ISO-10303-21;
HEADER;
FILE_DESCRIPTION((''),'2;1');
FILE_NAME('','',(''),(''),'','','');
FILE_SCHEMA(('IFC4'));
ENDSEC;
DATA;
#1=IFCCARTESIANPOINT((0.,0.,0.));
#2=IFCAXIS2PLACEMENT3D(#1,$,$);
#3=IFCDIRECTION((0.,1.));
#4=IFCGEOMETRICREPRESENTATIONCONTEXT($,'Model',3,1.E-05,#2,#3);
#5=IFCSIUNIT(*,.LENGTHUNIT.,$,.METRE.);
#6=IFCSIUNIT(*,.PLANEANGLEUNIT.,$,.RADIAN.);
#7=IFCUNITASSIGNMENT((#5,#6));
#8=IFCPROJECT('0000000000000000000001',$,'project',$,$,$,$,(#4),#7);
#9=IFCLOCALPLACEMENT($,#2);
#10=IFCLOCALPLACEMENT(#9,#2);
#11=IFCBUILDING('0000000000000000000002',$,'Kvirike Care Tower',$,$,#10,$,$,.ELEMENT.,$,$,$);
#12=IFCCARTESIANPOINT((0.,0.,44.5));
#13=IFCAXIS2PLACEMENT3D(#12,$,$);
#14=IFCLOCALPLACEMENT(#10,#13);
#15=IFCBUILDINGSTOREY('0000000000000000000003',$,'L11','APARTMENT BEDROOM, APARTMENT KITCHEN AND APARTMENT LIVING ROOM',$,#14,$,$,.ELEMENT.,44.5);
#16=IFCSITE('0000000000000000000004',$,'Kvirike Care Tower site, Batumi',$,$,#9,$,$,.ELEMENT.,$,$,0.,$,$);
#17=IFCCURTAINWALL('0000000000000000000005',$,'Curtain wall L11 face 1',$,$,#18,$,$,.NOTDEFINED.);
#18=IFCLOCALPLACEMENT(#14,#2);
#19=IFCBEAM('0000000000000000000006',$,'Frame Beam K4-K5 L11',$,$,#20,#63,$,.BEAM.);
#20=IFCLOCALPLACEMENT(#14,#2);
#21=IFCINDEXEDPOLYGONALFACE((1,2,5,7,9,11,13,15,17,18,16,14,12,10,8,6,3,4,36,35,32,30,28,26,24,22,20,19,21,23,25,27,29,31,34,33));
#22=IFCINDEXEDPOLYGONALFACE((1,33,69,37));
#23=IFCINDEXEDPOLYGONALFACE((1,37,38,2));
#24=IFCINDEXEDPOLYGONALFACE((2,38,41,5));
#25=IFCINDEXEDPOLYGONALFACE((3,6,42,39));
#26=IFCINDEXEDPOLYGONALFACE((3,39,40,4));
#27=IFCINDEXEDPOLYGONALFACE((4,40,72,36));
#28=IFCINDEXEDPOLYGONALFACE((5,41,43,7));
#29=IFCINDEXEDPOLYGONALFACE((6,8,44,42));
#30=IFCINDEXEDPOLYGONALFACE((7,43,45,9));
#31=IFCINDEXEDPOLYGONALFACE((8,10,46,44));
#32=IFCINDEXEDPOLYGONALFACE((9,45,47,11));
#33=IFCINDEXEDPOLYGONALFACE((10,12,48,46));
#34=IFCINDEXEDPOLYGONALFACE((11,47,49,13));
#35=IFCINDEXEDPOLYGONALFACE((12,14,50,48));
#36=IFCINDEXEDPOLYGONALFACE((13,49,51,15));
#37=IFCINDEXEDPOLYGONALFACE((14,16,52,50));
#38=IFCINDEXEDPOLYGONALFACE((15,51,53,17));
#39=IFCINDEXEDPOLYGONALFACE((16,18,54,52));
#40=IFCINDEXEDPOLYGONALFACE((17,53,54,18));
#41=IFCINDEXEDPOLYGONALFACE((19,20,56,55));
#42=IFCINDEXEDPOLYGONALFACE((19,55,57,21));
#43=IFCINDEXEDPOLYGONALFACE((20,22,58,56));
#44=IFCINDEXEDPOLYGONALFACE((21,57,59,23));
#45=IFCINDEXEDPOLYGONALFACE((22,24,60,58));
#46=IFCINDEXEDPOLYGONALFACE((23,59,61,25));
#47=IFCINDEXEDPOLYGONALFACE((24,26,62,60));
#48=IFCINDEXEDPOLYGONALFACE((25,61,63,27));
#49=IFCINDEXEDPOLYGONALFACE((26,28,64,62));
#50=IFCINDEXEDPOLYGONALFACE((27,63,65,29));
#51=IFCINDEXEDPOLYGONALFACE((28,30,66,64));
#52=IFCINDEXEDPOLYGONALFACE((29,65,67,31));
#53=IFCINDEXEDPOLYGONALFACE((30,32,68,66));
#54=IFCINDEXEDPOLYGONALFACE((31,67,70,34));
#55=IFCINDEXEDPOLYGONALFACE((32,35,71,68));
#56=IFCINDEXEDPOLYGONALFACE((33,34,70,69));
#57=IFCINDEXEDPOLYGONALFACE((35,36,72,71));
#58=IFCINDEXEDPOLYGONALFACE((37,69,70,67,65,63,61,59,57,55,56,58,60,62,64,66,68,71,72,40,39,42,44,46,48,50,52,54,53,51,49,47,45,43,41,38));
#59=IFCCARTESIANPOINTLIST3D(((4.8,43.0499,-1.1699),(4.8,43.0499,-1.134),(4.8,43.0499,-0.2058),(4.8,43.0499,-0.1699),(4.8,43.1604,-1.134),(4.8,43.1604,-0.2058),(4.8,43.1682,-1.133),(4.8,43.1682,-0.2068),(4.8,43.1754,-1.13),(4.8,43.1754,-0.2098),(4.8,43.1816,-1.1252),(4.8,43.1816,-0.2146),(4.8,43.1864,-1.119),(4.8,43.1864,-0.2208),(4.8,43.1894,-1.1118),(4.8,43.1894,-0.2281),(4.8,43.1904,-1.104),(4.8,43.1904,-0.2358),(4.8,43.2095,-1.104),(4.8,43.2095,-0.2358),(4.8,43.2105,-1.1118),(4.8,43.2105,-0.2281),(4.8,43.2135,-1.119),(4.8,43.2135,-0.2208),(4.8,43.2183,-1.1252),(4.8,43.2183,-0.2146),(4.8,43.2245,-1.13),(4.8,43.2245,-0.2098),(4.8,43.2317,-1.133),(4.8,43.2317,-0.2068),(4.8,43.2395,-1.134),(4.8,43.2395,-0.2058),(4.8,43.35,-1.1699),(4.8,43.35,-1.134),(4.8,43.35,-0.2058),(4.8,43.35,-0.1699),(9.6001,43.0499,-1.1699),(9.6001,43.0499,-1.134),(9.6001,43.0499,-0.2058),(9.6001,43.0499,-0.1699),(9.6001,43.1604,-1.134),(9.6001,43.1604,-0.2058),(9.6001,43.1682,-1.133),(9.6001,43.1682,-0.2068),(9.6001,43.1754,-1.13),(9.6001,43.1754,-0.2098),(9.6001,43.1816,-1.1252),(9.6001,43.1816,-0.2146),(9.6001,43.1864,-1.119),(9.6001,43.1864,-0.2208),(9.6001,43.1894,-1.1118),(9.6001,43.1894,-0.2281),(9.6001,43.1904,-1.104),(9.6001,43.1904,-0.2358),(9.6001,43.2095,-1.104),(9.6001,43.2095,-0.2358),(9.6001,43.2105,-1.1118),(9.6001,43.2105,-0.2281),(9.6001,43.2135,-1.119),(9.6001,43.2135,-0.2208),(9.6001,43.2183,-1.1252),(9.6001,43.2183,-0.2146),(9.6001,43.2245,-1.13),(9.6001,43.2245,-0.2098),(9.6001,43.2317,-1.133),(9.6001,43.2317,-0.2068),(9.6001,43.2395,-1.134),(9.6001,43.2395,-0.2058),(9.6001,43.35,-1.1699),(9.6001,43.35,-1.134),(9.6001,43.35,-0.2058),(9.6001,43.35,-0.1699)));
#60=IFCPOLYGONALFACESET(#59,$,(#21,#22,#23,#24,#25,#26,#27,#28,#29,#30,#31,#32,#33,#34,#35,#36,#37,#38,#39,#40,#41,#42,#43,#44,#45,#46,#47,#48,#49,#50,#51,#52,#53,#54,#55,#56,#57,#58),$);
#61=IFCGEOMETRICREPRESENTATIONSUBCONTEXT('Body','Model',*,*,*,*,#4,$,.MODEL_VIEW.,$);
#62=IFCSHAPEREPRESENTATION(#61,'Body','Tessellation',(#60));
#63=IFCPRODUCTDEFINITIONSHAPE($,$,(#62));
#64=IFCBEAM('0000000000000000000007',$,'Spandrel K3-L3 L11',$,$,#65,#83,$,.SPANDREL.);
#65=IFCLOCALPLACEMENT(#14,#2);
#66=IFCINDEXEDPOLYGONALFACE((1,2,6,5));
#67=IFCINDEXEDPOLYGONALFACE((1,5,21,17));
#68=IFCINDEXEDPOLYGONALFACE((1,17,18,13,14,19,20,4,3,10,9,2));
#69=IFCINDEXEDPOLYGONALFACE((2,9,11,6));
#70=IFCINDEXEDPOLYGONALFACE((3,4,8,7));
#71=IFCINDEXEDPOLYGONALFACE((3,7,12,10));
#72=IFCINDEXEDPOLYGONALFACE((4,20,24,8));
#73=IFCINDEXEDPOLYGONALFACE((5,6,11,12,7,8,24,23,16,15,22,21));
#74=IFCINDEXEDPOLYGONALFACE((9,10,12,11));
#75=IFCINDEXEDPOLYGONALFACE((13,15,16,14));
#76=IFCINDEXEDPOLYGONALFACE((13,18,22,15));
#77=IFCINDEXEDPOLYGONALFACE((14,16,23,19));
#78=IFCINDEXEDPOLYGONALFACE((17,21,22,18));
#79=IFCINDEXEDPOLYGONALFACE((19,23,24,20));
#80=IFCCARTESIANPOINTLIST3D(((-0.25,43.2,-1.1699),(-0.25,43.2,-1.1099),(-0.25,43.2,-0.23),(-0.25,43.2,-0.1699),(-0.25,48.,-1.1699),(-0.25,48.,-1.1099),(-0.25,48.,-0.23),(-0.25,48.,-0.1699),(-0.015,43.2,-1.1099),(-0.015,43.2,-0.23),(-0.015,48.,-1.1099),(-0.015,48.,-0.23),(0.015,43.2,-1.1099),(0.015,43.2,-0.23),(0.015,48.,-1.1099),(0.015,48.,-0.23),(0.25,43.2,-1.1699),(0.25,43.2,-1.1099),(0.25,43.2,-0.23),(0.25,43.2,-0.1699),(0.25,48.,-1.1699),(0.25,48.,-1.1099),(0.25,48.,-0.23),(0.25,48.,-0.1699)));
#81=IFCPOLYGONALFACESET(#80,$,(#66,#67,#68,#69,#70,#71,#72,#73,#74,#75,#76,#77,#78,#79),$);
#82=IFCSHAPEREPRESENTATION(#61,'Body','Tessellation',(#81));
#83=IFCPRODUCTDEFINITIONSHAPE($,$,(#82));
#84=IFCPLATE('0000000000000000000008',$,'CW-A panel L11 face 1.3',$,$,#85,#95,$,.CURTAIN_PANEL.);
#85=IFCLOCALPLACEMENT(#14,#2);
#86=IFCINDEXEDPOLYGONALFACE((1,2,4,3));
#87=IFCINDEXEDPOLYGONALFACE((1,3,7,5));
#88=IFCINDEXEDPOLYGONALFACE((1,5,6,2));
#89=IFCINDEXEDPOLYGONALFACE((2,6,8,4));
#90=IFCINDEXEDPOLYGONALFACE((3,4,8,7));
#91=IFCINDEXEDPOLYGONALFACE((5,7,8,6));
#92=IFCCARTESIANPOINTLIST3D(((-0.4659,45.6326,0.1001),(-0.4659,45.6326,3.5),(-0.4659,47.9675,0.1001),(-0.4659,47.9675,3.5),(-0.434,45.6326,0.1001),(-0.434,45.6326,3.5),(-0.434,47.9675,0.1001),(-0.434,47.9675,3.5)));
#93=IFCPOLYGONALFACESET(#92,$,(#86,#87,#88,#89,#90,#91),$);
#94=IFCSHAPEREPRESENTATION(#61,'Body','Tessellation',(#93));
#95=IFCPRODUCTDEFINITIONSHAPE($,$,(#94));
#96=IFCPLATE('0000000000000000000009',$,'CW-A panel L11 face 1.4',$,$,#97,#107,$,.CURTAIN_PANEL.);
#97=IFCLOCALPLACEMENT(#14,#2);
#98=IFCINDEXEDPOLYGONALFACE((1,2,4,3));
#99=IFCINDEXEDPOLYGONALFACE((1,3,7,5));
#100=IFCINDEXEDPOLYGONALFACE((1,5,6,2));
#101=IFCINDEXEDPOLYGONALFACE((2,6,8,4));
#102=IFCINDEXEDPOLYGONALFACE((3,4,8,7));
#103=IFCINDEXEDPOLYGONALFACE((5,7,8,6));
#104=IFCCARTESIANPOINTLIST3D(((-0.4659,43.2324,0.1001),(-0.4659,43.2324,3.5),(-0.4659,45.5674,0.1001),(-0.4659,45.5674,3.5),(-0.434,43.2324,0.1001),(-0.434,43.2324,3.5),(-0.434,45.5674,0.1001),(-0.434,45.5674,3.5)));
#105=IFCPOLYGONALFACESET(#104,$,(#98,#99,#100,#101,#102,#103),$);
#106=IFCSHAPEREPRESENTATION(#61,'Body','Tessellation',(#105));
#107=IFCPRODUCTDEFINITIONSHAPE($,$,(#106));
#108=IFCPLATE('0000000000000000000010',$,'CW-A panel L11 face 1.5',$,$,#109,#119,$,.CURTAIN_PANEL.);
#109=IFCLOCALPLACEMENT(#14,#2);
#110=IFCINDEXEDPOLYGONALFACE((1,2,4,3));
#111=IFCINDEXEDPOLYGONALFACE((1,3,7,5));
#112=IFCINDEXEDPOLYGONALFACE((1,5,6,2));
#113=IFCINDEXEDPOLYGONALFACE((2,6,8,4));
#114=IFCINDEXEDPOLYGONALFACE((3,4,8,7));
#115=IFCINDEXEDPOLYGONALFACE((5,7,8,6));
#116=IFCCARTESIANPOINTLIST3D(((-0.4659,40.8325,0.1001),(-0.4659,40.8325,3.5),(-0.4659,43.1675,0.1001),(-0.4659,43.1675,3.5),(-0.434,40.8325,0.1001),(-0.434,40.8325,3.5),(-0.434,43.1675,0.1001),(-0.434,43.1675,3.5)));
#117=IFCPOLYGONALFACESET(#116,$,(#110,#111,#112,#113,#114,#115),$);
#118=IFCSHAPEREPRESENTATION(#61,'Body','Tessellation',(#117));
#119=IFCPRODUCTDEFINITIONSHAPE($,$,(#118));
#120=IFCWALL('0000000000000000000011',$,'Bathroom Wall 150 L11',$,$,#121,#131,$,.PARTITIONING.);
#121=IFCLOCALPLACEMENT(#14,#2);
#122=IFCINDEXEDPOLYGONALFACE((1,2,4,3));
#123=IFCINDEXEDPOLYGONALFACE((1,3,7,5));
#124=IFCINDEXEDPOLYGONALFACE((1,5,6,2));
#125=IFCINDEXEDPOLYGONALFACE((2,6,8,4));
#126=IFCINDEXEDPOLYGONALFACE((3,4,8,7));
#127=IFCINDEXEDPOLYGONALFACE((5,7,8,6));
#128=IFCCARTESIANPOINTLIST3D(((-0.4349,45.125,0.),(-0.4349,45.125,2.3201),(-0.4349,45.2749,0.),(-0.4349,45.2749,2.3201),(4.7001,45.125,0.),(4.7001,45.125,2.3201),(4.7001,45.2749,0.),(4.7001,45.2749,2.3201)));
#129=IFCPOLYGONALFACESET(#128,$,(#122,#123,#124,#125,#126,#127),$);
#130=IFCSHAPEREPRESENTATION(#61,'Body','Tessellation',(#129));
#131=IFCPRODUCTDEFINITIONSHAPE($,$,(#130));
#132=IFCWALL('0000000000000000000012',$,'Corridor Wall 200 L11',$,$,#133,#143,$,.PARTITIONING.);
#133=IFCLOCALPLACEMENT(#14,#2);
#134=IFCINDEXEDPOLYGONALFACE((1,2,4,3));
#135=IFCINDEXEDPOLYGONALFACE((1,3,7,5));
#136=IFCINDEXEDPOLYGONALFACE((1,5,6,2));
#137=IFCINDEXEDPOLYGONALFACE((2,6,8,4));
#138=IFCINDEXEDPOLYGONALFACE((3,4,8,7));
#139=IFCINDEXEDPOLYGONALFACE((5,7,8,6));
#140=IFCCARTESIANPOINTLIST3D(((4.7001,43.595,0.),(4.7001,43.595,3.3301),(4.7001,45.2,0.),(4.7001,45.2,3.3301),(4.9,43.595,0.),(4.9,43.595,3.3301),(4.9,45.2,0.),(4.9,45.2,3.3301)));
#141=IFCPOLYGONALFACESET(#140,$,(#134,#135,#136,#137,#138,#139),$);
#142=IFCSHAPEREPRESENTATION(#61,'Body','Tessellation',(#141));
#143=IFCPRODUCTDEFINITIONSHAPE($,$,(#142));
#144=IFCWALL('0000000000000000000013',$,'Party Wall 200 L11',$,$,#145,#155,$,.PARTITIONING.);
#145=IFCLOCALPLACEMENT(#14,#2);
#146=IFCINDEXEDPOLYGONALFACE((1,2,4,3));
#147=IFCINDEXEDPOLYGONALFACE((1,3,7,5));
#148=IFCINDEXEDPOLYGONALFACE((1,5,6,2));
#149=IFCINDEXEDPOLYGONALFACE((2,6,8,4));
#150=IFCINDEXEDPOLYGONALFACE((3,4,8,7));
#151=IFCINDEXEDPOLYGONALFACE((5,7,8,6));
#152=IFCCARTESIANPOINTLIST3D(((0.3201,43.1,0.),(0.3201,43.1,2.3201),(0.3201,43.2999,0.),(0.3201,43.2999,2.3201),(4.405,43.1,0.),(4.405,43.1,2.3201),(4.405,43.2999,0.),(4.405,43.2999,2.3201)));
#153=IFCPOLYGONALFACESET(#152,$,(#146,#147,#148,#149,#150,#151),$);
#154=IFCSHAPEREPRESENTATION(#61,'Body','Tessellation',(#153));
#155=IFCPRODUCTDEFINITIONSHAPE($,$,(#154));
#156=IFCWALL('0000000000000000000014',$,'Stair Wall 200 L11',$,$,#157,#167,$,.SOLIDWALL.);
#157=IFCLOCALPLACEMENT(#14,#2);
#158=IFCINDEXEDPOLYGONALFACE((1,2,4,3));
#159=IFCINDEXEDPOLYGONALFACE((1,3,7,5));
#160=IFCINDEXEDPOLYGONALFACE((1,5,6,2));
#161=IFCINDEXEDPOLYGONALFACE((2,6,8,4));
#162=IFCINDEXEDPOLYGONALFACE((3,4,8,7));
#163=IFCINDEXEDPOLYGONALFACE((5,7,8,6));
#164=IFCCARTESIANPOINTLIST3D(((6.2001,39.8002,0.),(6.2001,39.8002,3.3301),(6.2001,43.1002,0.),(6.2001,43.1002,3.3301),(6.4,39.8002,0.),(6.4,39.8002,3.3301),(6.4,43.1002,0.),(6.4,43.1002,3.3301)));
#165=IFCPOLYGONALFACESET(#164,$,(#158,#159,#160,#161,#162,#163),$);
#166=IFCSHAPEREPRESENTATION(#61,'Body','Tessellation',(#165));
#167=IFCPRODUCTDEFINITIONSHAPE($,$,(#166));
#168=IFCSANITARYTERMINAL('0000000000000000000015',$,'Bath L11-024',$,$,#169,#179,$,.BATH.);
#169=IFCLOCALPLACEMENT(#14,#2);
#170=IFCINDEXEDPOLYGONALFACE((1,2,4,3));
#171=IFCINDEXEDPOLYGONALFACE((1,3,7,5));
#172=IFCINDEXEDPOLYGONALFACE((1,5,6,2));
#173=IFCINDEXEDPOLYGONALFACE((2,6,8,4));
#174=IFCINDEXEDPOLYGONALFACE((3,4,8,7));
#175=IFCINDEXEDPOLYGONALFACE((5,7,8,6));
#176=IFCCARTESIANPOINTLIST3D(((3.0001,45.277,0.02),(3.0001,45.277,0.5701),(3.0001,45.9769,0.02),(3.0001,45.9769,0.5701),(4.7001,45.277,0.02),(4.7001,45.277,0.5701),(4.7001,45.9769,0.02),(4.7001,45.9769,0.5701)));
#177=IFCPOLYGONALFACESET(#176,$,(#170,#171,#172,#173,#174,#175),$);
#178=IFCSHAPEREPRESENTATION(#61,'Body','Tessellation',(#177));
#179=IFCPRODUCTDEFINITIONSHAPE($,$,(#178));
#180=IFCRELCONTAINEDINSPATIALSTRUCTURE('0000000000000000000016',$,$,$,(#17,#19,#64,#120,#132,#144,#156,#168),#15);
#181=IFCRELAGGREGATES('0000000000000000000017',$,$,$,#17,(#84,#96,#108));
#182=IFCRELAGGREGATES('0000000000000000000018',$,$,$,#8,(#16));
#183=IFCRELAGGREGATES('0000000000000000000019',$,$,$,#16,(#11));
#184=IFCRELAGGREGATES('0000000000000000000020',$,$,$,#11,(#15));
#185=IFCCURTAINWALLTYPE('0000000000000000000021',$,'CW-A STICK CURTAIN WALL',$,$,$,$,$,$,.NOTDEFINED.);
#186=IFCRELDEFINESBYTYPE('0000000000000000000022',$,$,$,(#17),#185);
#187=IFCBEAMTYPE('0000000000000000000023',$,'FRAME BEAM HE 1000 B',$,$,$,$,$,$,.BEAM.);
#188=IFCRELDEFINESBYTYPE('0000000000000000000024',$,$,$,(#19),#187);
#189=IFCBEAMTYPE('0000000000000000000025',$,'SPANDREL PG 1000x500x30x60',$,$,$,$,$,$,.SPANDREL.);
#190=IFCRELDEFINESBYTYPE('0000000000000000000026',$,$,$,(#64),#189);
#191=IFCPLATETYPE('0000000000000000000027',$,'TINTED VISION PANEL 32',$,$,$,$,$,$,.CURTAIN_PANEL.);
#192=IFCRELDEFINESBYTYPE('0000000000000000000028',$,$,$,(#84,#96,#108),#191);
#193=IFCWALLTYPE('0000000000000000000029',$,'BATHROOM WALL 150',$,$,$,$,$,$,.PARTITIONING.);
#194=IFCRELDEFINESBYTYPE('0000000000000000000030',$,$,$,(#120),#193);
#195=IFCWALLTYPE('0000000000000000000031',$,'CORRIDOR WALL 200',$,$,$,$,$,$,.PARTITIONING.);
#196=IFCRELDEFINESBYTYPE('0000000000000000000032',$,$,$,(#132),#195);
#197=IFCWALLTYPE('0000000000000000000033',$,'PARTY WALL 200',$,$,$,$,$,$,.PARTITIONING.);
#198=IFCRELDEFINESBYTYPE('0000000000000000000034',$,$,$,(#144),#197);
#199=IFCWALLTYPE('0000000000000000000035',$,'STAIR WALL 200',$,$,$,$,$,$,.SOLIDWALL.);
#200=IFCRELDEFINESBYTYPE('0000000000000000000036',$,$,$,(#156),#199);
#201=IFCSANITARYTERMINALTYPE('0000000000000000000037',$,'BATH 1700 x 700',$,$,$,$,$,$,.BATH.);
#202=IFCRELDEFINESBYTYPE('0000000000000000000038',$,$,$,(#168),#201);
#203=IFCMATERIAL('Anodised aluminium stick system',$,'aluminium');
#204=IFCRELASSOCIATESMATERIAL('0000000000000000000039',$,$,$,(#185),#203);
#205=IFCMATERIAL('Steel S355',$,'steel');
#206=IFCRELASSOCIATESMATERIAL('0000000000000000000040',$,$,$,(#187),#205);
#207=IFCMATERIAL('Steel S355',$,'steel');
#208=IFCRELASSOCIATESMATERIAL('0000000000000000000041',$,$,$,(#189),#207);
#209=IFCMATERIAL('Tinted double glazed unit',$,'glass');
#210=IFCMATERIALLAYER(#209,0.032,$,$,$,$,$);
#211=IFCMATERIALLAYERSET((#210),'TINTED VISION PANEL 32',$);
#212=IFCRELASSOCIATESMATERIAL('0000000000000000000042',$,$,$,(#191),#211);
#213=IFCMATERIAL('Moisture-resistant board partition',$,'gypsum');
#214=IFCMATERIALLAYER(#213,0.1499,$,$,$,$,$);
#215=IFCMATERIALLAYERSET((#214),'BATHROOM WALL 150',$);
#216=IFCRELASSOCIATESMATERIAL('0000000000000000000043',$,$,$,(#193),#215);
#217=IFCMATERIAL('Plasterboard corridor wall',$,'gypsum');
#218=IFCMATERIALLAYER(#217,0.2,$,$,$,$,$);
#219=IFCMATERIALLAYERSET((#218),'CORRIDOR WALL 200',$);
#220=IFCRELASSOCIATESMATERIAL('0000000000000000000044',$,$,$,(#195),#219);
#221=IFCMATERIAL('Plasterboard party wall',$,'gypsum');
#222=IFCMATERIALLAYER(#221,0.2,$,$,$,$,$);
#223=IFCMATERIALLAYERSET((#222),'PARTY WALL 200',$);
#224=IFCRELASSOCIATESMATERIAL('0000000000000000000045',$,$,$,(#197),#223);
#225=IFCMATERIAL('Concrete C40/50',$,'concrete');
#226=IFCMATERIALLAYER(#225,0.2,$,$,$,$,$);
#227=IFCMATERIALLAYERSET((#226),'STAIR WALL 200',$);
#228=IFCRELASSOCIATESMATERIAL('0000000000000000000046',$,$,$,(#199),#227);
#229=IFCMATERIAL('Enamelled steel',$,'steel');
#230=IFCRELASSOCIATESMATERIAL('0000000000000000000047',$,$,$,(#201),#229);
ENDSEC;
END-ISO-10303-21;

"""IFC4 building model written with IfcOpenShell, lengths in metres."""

from ifc_helpers import new_model, si_unit, direction, frame, frame_2d, origin, origin_2d, place, context, subcontext, project, spatial, rectangle, i_section, extrude, material, layer, layer_set, material_profile, profile_set, type_object, element, aggregate, save


model = new_model("IFC4")

# Units and contexts
model_context = context("Model", 3, precision=1e-05, world=origin(), true_north=direction((0.0, 1.0)))
body_context = subcontext(model_context, "Body", "Model", "MODEL_VIEW")
ifc_project = project(units=[si_unit("LENGTHUNIT", "METRE"), si_unit("PLANEANGLEUNIT", "RADIAN")], contexts=[model_context])

# Site, building, storey
site_placement = place(None, origin())
site = spatial("IfcSite", under=ifc_project, at=site_placement, Name="Kvirike Care Tower site, Batumi", CompositionType="ELEMENT", RefElevation=0.0)
building_placement = place(site_placement, origin())
building = spatial("IfcBuilding", under=site, at=building_placement, Name="Kvirike Care Tower", CompositionType="ELEMENT")
storey_placement = place(building_placement, frame((0.0, 0.0, 44.5)))
storey = spatial("IfcBuildingStorey", under=building, at=storey_placement, Name="L11", Description="APARTMENT BEDROOM, APARTMENT KITCHEN AND APARTMENT LIVING ROOM", CompositionType="ELEMENT", Elevation=44.5)

# Curtain wall
ifc_material_1 = material(Name="Anodised aluminium stick system", Category="aluminium")
curtain_wall_type = type_object("IfcCurtainWallType", Name="CW-A STICK CURTAIN WALL", PredefinedType="NOTDEFINED", material=ifc_material_1)
curtain_wall_placement = place(storey_placement, origin())
curtain_wall = element("IfcCurtainWall", 1, at=curtain_wall_placement, inside=storey, type_object=curtain_wall_type, Name="Curtain wall L11 face 1", PredefinedType="NOTDEFINED")

# Beams
ifc_material_2 = material(Name="Steel S355", Category="steel")
ifc_material_profile_1 = material_profile(ifc_material_2, i_section(OverallWidth=0.3, OverallDepth=1.0, WebThickness=0.019, FlangeThickness=0.0359, FilletRadius=0.03, at=origin_2d()), Name="HE 1000 B")
ifc_profile_set_1 = profile_set([ifc_material_profile_1], Name="Steel S355")
beam_type_1 = type_object("IfcBeamType", Name="FRAME BEAM HE 1000 B", PredefinedType="BEAM", material=ifc_profile_set_1)
for number, where, z_axis, x_axis, name in (
    (2, (4.8, 43.2, -0.6699), (1.0, 0.0, 0.0), (0.0, 1.0, 0.0), "Frame Beam K4-K5 L11"),
):
    element("IfcBeam", number, at=place(storey_placement, frame(where, z_axis=z_axis, x_axis=x_axis)), inside=storey, type_object=beam_type_1, Name=name, PredefinedType="BEAM", context=body_context, shape_type="SweptSolid", body=[
        extrude(i_section(OverallWidth=0.3, OverallDepth=1.0, WebThickness=0.019, FlangeThickness=0.0359, FilletRadius=0.03, at=origin_2d()), origin(), (0.0, 0.0, 1.0), 4.8),
    ])
ifc_material_3 = material(Name="Steel S355", Category="steel")
ifc_material_profile_2 = material_profile(ifc_material_3, i_section(OverallWidth=0.5, OverallDepth=1.0, WebThickness=0.03, FlangeThickness=0.0601, at=origin_2d()), Name="PG 1000x500x30x60")
ifc_profile_set_2 = profile_set([ifc_material_profile_2], Name="Steel S355")
beam_type_2 = type_object("IfcBeamType", Name="SPANDREL PG 1000x500x30x60", PredefinedType="SPANDREL", material=ifc_profile_set_2)
beam_placement = place(storey_placement, frame((0.0, 43.2, -0.6699), z_axis=(0.0, 1.0, 0.0), x_axis=(-1.0, 0.0, 0.0)))
element("IfcBeam", 3, at=beam_placement, inside=storey, type_object=beam_type_2, Name="Spandrel K3-L3 L11", PredefinedType="SPANDREL", context=body_context, shape_type="SweptSolid", body=[
    extrude(i_section(OverallWidth=0.5, OverallDepth=1.0, WebThickness=0.03, FlangeThickness=0.0601, at=origin_2d()), origin(), (0.0, 0.0, 1.0), 4.8),
])

# Plates
ifc_material_4 = material(Name="Tinted double glazed unit", Category="glass")
ifc_layer_1 = layer(ifc_material_4, 0.032)
ifc_layer_set_1 = layer_set([ifc_layer_1], Name="TINTED VISION PANEL 32")
plate_type = type_object("IfcPlateType", Name="TINTED VISION PANEL 32", PredefinedType="CURTAIN_PANEL", material=ifc_layer_set_1)
plate_1_placement = place(storey_placement, frame((-0.45, 46.8, 0.1001), z_axis=(0.0, 0.0, 1.0), x_axis=(0.0, -1.0, 0.0)))
plate_1 = element("IfcPlate", 4, at=plate_1_placement, type_object=plate_type, Name="CW-A panel L11 face 1.3", PredefinedType="CURTAIN_PANEL", context=body_context, shape_type="SweptSolid", body=[
    extrude(rectangle(XDim=2.335, YDim=0.032, at=origin_2d()), origin(), (0.0, 0.0, 1.0), 3.3999),
])
plate_2_placement = place(storey_placement, frame((-0.45, 44.3999, 0.1001), z_axis=(0.0, 0.0, 1.0), x_axis=(0.0, -1.0, 0.0)))
plate_2 = element("IfcPlate", 5, at=plate_2_placement, type_object=plate_type, Name="CW-A panel L11 face 1.4", PredefinedType="CURTAIN_PANEL", context=body_context, shape_type="SweptSolid", body=[
    extrude(rectangle(XDim=2.335, YDim=0.032, at=origin_2d()), origin(), (0.0, 0.0, 1.0), 3.3999),
])
plate_3_placement = place(storey_placement, frame((-0.45, 42.0, 0.1001), z_axis=(0.0, 0.0, 1.0), x_axis=(0.0, -1.0, 0.0)))
plate_3 = element("IfcPlate", 6, at=plate_3_placement, type_object=plate_type, Name="CW-A panel L11 face 1.5", PredefinedType="CURTAIN_PANEL", context=body_context, shape_type="SweptSolid", body=[
    extrude(rectangle(XDim=2.335, YDim=0.032, at=origin_2d()), origin(), (0.0, 0.0, 1.0), 3.3999),
])
aggregate(curtain_wall, [plate_1, plate_2, plate_3])

# Walls
ifc_material_5 = material(Name="Moisture-resistant board partition", Category="gypsum")
ifc_layer_2 = layer(ifc_material_5, 0.1499)
ifc_layer_set_2 = layer_set([ifc_layer_2], Name="BATHROOM WALL 150")
wall_type_1 = type_object("IfcWallType", Name="BATHROOM WALL 150", PredefinedType="PARTITIONING", material=ifc_layer_set_2)
wall_1_placement = place(storey_placement, frame((4.7, 45.2, 0.0), z_axis=(0.0, 0.0, 1.0), x_axis=(-1.0, 0.0, 0.0)))
element("IfcWall", 7, at=wall_1_placement, inside=storey, type_object=wall_type_1, Name="Bathroom Wall 150 L11", PredefinedType="PARTITIONING", context=body_context, shape_type="SweptSolid", body=[
    extrude(rectangle(XDim=5.135, YDim=0.1499, at=frame_2d((2.5674, 0.0))), origin(), (0.0, 0.0, 1.0), 2.3201),
])
ifc_material_6 = material(Name="Plasterboard corridor wall", Category="gypsum")
ifc_layer_3 = layer(ifc_material_6, 0.2)
ifc_layer_set_3 = layer_set([ifc_layer_3], Name="CORRIDOR WALL 200")
wall_type_2 = type_object("IfcWallType", Name="CORRIDOR WALL 200", PredefinedType="PARTITIONING", material=ifc_layer_set_3)
wall_2_placement = place(storey_placement, frame((4.8, 45.2, 0.0), z_axis=(0.0, 0.0, 1.0), x_axis=(0.0, -1.0, 0.0)))
element("IfcWall", 8, at=wall_2_placement, inside=storey, type_object=wall_type_2, Name="Corridor Wall 200 L11", PredefinedType="PARTITIONING", context=body_context, shape_type="SweptSolid", body=[
    extrude(rectangle(XDim=1.605, YDim=0.2, at=frame_2d((0.8025, 0.0))), origin(), (0.0, 0.0, 1.0), 3.3301),
])
ifc_material_7 = material(Name="Plasterboard party wall", Category="gypsum")
ifc_layer_4 = layer(ifc_material_7, 0.2)
ifc_layer_set_4 = layer_set([ifc_layer_4], Name="PARTY WALL 200")
wall_type_3 = type_object("IfcWallType", Name="PARTY WALL 200", PredefinedType="PARTITIONING", material=ifc_layer_set_4)
wall_3_placement = place(storey_placement, frame((4.405, 43.2, 0.0), z_axis=(0.0, 0.0, 1.0), x_axis=(-1.0, 0.0, 0.0)))
element("IfcWall", 9, at=wall_3_placement, inside=storey, type_object=wall_type_3, Name="Party Wall 200 L11", PredefinedType="PARTITIONING", context=body_context, shape_type="SweptSolid", body=[
    extrude(rectangle(XDim=4.085, YDim=0.2, at=frame_2d((2.0425, 0.0))), origin(), (0.0, 0.0, 1.0), 2.3201),
])
ifc_material_8 = material(Name="Concrete C40/50", Category="concrete")
ifc_layer_5 = layer(ifc_material_8, 0.2)
ifc_layer_set_5 = layer_set([ifc_layer_5], Name="STAIR WALL 200")
wall_type_4 = type_object("IfcWallType", Name="STAIR WALL 200", PredefinedType="SOLIDWALL", material=ifc_layer_set_5)
wall_4_placement = place(storey_placement, frame((6.3, 43.1001, 0.0), z_axis=(0.0, 0.0, 1.0), x_axis=(0.0, -1.0, 0.0)))
element("IfcWall", 10, at=wall_4_placement, inside=storey, type_object=wall_type_4, Name="Stair Wall 200 L11", PredefinedType="SOLIDWALL", context=body_context, shape_type="SweptSolid", body=[
    extrude(rectangle(XDim=3.3, YDim=0.2, at=frame_2d((1.6499, 0.0))), origin(), (0.0, 0.0, 1.0), 3.3301),
])

# Sanitary terminal
ifc_material_9 = material(Name="Enamelled steel", Category="steel")
sanitary_terminal_type_1 = type_object("IfcSanitaryTerminalType", Name="BATH 1700 x 700", PredefinedType="BATH", material=ifc_material_9)
sanitary_terminal_1_placement = place(storey_placement, frame((3.8501, 45.627, 0.02), z_axis=(0.0, 0.0, 1.0), x_axis=(-1.0, 0.0, 0.0)))
element("IfcSanitaryTerminal", 11, at=sanitary_terminal_1_placement, inside=storey, type_object=sanitary_terminal_type_1, Name="Bath L11-024", PredefinedType="BATH", context=body_context, shape_type="SweptSolid", body=[
    extrude(rectangle(XDim=1.7, YDim=0.7, at=origin_2d()), origin(), (0.0, 0.0, 1.0), 0.55),
])

save(model, "model.ifc")
